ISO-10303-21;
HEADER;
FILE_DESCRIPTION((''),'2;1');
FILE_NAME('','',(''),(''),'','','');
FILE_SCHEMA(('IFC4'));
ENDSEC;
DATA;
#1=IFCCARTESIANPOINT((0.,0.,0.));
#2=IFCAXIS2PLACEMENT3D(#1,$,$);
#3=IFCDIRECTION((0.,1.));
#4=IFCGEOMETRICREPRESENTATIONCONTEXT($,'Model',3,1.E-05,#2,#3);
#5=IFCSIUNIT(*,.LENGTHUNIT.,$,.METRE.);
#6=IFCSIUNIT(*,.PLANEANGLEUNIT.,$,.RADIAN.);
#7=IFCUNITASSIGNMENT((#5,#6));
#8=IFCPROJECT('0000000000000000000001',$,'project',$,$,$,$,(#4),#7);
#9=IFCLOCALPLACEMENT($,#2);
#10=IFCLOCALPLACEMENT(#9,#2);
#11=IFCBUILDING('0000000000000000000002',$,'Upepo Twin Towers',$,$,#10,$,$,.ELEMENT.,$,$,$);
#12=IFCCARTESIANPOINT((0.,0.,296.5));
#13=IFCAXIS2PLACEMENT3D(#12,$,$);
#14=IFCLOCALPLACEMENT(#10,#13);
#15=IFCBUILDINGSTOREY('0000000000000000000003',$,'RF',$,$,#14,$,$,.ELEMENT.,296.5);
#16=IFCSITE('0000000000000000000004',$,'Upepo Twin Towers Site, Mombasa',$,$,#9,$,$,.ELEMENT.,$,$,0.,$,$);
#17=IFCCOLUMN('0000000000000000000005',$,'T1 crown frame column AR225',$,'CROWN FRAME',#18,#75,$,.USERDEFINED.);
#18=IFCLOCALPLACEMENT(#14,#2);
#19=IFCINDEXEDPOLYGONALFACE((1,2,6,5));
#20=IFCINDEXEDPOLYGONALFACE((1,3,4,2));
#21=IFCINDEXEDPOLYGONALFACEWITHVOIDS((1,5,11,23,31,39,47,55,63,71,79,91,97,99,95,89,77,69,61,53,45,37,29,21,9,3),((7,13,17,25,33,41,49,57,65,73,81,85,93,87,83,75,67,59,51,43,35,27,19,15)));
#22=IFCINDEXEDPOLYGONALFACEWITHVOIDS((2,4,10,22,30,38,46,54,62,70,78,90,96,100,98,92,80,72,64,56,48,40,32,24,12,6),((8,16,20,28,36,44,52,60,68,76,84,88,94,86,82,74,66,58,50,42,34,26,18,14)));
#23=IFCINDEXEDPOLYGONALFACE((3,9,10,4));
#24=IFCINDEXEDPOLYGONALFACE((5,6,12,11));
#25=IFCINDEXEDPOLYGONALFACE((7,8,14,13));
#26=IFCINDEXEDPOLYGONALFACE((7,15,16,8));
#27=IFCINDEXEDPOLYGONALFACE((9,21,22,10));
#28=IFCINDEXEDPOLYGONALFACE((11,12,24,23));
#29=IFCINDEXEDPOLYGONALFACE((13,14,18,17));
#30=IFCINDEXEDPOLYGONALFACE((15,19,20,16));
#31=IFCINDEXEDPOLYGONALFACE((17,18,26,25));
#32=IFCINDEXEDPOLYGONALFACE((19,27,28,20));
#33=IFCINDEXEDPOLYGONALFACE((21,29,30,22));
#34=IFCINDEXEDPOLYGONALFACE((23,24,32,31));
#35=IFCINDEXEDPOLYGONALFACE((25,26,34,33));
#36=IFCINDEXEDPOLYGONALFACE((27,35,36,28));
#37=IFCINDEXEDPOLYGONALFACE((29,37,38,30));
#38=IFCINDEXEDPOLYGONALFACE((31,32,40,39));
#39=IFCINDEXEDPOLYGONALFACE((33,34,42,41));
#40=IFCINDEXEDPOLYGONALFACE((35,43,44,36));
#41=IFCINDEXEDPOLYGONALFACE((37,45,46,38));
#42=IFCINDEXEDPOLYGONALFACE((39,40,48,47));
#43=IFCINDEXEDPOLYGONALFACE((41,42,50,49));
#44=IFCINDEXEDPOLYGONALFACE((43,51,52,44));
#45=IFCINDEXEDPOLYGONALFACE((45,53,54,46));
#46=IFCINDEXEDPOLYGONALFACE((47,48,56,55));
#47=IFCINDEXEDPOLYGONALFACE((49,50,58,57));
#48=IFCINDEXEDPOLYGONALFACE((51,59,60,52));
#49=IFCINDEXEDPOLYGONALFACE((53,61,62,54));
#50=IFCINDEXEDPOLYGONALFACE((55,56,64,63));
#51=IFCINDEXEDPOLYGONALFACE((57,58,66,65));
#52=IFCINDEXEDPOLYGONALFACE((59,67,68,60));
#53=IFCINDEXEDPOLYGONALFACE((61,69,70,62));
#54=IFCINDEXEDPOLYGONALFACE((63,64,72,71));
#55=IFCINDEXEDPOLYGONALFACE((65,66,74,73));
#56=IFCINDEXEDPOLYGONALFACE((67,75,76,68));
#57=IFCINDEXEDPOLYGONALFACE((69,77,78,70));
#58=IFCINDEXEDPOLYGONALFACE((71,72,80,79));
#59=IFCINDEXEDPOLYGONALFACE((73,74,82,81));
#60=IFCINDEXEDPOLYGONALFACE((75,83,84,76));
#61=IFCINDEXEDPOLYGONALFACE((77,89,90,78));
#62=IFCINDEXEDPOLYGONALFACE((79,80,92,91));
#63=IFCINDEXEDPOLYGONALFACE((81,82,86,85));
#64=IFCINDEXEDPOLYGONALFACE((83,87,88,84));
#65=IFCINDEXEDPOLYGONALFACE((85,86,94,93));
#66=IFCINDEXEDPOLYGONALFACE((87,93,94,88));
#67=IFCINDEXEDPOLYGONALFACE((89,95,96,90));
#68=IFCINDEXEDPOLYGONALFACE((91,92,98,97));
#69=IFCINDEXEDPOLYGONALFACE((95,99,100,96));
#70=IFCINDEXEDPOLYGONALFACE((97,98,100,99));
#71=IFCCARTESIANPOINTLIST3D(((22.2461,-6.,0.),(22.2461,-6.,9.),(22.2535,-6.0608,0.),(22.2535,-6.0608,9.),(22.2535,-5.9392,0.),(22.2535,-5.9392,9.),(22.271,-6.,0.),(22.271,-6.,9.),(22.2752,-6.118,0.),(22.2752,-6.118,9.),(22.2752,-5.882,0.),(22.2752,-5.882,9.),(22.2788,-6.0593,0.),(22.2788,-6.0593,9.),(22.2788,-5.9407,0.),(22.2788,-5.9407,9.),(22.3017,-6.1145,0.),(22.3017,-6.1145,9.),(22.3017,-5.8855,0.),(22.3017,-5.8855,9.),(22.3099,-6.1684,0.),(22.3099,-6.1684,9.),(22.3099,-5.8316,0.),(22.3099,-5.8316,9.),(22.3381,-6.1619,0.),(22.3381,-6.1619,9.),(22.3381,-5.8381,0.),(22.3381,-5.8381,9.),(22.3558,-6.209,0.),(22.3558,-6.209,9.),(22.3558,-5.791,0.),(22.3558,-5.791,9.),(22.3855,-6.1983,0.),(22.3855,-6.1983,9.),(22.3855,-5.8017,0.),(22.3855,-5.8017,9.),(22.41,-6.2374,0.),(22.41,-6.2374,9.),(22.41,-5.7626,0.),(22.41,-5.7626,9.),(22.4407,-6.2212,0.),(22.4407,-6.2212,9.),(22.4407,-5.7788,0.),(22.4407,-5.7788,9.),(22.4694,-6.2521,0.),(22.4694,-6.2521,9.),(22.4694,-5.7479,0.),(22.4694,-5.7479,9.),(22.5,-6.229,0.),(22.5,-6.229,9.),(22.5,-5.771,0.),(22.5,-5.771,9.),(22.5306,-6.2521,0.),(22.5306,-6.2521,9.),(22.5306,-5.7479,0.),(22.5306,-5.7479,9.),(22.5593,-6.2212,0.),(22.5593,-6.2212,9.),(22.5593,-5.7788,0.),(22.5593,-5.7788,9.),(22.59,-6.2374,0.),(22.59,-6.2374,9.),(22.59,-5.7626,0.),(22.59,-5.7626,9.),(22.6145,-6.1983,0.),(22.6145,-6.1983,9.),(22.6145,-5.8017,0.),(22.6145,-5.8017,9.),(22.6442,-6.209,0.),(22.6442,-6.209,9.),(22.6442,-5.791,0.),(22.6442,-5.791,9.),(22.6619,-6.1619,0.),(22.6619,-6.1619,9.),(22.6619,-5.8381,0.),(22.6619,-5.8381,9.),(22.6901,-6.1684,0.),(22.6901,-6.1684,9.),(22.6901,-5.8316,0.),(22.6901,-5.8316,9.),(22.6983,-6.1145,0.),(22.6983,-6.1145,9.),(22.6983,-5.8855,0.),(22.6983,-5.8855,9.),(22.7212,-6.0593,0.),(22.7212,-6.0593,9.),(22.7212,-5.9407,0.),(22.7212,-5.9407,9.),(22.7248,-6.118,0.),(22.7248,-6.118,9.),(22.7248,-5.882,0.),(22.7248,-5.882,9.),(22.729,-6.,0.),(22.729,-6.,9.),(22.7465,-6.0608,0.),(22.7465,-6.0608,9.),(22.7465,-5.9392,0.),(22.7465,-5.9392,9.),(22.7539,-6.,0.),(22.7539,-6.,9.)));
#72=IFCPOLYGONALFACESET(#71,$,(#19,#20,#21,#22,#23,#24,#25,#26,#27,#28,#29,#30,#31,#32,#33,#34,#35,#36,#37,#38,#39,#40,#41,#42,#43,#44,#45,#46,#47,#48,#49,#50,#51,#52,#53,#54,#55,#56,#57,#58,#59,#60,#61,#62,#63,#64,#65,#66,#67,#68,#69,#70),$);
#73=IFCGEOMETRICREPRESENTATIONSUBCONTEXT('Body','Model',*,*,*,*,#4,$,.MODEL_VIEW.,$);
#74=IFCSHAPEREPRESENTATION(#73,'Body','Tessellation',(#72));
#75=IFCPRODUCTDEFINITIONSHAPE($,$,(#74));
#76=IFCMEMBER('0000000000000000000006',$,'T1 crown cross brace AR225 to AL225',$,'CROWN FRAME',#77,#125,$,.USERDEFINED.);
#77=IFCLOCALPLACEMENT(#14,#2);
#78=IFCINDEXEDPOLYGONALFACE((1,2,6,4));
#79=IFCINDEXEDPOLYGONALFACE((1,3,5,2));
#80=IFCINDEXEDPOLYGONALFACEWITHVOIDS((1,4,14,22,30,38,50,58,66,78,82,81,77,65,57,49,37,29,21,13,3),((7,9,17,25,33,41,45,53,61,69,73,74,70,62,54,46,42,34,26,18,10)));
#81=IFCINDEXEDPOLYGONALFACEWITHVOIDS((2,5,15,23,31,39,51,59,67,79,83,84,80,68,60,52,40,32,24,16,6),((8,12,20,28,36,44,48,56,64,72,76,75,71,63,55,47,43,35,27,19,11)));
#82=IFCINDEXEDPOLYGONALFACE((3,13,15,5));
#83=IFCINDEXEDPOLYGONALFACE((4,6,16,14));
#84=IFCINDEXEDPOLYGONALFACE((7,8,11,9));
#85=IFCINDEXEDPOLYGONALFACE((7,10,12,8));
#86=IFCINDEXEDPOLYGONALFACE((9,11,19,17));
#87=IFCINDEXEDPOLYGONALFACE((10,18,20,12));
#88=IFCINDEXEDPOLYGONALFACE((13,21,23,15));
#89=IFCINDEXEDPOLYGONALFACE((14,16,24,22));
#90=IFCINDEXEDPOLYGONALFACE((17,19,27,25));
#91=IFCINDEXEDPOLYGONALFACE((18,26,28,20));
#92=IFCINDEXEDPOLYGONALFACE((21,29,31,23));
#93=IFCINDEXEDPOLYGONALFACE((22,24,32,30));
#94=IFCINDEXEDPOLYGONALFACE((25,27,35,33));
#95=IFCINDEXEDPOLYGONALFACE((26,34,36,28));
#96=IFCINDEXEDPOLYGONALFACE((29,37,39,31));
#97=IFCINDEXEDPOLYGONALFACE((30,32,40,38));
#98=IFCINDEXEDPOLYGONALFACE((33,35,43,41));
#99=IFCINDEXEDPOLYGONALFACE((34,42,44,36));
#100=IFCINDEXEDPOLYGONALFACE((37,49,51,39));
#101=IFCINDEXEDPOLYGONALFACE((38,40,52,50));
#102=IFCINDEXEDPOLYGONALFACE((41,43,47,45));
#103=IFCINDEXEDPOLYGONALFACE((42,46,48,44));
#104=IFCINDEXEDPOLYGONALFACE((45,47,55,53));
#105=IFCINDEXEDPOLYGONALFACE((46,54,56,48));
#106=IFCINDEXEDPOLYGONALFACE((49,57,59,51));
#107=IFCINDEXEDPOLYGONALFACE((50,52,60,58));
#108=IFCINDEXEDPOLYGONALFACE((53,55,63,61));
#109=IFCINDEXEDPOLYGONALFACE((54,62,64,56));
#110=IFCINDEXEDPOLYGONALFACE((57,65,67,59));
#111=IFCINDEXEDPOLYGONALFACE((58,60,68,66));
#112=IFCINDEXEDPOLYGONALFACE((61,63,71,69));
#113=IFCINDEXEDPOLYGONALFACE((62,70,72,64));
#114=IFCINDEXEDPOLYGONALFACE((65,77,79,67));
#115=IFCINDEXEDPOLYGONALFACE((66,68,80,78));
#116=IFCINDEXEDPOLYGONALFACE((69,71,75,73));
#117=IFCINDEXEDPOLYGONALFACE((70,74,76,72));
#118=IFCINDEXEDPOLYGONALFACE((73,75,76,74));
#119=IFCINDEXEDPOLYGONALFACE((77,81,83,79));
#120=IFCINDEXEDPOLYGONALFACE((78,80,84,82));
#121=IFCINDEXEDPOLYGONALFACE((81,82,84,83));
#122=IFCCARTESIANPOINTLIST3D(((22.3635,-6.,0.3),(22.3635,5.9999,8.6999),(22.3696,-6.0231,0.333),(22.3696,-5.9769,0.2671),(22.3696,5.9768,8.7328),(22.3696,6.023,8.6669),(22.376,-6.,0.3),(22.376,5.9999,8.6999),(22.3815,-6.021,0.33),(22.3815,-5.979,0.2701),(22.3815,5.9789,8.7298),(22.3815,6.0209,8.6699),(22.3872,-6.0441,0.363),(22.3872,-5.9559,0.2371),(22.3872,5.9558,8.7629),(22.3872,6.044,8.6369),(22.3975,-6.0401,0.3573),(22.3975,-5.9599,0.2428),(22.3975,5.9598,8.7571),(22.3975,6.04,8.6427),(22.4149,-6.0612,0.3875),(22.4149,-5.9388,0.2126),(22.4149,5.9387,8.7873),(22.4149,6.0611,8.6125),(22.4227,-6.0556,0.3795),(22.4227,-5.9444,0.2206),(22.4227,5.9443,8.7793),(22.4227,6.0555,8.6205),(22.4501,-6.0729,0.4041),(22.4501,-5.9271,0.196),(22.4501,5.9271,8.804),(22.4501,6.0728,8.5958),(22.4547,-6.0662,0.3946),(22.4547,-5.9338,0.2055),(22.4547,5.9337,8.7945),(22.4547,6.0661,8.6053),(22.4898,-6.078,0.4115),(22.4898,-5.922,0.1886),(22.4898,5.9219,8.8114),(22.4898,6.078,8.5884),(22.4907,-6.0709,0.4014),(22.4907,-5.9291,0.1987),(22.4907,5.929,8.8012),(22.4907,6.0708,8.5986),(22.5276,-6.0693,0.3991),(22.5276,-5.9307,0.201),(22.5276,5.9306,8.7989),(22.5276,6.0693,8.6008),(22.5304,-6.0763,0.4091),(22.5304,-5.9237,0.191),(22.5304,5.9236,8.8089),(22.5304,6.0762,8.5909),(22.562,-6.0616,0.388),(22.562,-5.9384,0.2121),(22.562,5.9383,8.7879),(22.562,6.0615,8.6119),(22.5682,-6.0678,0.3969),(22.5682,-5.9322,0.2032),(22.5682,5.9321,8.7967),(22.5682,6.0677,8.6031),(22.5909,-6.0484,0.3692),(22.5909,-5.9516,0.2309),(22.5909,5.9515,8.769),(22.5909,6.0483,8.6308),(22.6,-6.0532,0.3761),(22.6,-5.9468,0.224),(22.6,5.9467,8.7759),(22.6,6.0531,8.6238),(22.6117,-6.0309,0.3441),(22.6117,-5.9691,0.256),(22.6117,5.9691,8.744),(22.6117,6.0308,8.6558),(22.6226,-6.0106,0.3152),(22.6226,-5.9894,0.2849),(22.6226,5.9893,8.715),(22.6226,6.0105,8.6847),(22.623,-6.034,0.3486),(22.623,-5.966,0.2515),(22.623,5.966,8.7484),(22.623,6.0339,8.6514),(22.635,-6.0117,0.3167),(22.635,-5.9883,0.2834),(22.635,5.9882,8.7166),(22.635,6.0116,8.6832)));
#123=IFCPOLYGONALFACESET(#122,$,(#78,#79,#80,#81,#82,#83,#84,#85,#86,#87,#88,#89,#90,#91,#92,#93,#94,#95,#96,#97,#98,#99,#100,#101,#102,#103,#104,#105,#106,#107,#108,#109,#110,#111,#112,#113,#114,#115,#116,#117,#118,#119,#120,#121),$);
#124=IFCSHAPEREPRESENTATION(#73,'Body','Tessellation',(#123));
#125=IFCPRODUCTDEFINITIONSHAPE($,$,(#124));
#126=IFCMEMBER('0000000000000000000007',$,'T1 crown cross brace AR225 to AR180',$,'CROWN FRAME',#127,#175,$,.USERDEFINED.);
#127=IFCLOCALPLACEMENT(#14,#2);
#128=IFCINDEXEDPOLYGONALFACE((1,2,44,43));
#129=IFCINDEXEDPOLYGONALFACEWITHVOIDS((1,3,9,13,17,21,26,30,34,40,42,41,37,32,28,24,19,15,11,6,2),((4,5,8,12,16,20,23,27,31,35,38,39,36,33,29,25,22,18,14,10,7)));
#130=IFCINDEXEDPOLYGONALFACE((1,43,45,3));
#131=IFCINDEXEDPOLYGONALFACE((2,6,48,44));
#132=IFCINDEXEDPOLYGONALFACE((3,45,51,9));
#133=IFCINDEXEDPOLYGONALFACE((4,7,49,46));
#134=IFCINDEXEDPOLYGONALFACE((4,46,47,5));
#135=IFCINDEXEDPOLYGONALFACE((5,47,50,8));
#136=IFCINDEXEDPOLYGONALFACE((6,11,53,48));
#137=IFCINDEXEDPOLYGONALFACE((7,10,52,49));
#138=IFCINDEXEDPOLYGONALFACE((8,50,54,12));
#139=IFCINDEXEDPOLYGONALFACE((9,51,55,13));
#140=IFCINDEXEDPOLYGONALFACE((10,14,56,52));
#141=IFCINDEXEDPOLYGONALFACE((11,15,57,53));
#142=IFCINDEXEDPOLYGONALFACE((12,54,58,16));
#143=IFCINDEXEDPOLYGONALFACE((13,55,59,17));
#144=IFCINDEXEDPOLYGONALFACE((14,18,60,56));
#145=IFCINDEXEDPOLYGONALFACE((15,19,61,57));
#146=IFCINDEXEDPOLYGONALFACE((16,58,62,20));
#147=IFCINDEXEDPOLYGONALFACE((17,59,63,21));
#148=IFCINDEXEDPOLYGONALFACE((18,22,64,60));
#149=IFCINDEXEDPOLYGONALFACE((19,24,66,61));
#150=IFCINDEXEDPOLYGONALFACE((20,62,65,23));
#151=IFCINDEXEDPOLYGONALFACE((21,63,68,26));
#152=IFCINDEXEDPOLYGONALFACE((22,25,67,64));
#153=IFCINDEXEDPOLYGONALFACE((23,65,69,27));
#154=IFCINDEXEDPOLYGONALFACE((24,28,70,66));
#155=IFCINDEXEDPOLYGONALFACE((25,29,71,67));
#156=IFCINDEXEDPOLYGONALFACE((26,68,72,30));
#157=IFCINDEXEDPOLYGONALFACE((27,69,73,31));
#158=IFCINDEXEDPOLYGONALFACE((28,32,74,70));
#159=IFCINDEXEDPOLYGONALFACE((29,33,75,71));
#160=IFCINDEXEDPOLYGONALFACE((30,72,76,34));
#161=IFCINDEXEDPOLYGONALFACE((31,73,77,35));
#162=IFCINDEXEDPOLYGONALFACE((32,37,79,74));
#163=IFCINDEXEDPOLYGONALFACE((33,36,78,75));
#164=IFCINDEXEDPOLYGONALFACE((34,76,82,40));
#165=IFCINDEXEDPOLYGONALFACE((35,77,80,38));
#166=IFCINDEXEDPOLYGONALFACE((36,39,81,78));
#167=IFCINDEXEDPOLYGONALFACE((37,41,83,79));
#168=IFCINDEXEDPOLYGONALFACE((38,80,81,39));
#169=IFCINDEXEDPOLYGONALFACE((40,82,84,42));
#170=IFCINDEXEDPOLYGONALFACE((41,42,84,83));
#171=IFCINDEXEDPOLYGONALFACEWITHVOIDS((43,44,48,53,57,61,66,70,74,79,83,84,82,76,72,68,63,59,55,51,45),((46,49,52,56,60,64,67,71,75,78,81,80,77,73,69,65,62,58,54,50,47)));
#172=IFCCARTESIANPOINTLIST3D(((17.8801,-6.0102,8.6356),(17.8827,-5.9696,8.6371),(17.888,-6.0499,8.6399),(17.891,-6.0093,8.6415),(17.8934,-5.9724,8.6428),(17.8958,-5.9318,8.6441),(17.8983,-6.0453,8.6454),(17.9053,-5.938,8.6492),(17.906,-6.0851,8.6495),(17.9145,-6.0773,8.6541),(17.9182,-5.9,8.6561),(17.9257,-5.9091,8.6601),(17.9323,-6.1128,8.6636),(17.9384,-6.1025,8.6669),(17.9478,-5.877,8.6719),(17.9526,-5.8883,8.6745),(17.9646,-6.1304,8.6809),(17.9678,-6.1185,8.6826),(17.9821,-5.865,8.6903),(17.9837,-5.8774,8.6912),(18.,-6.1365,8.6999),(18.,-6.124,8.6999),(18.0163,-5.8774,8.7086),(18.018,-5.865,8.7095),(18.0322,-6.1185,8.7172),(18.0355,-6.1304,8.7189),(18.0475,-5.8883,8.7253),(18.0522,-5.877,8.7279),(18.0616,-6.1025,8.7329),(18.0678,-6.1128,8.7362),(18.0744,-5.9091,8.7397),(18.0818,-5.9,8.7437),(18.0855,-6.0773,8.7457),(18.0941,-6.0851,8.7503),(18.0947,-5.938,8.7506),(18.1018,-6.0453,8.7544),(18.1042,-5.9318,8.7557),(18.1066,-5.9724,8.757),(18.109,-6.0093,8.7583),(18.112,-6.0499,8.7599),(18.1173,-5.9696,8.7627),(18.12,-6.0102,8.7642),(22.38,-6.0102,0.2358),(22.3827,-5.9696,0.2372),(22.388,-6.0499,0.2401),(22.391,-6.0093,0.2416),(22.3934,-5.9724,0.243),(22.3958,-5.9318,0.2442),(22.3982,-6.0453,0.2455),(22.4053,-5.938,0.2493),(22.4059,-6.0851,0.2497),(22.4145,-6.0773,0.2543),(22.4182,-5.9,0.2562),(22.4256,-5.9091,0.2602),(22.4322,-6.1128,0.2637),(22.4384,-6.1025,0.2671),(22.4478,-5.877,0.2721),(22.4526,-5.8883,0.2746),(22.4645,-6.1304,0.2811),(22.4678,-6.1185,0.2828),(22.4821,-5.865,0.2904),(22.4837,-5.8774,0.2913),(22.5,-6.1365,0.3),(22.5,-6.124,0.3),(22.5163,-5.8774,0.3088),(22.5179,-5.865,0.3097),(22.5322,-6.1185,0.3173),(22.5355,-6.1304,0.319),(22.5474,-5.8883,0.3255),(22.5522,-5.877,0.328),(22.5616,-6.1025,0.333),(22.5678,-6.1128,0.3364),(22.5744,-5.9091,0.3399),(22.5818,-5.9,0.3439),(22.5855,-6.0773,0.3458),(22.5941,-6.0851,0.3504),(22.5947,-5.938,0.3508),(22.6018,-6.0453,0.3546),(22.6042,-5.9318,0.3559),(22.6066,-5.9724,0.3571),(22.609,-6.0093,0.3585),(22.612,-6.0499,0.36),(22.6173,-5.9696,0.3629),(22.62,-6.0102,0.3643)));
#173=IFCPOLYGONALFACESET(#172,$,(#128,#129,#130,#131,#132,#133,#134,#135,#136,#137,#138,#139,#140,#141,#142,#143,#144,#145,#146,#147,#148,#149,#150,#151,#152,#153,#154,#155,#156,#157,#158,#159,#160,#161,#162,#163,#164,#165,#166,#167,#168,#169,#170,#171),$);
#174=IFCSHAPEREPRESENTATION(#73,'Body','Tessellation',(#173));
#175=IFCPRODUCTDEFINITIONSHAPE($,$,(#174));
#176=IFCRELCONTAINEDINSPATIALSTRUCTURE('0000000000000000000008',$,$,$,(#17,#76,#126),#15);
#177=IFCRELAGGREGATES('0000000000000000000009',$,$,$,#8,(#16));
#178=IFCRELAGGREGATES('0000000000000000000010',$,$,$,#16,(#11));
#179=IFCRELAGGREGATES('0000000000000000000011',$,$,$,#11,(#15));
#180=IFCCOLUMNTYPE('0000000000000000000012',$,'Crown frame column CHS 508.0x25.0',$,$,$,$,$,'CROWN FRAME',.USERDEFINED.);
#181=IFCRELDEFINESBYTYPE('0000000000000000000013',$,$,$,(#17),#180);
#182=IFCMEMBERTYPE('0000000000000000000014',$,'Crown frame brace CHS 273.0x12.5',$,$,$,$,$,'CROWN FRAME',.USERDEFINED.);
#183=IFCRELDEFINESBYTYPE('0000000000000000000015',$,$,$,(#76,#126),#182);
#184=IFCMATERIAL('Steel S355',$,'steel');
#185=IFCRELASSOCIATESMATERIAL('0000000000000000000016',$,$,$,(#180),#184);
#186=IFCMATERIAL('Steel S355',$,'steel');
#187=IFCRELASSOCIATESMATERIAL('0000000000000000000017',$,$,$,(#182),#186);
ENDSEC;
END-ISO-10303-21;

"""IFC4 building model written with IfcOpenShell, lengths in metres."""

from ifc_helpers import new_model, si_unit, direction, frame, origin, origin_2d, place, context, subcontext, project, spatial, hollow_circle, extrude, material, material_profile, profile_set, type_object, element, save


model = new_model("IFC4")

# Units and contexts
model_context = context("Model", 3, precision=1e-05, world=origin(), true_north=direction((0.0, 1.0)))
body_context = subcontext(model_context, "Body", "Model", "MODEL_VIEW")
ifc_project = project(units=[si_unit("LENGTHUNIT", "METRE"), si_unit("PLANEANGLEUNIT", "RADIAN")], contexts=[model_context])

# Site, building, storey
site_placement = place(None, origin())
site = spatial("IfcSite", under=ifc_project, at=site_placement, Name="Upepo Twin Towers Site, Mombasa", CompositionType="ELEMENT", RefElevation=0.0)
building_placement = place(site_placement, origin())
building = spatial("IfcBuilding", under=site, at=building_placement, Name="Upepo Twin Towers", CompositionType="ELEMENT")
storey_placement = place(building_placement, frame((0.0, 0.0, 296.5)))
storey = spatial("IfcBuildingStorey", under=building, at=storey_placement, Name="RF", CompositionType="ELEMENT", Elevation=296.5)

# Column
ifc_material_1 = material(Name="Steel S355", Category="steel")
ifc_material_profile_1 = material_profile(ifc_material_1, hollow_circle(Radius=0.2539, WallThickness=0.0249, at=origin_2d()), Name="CHS 508.0x25.0")
ifc_profile_set_1 = profile_set([ifc_material_profile_1], Name="Steel S355")
column_type = type_object("IfcColumnType", Name="Crown frame column CHS 508.0x25.0", ElementType="CROWN FRAME", PredefinedType="USERDEFINED", material=ifc_profile_set_1)
column_placement = place(storey_placement, frame((22.5, -6.0, 0.0), z_axis=(0.0, 0.0, 1.0), x_axis=(1.0, 0.0, 0.0)))
element("IfcColumn", 1, at=column_placement, inside=storey, type_object=column_type, Name="T1 crown frame column AR225", ObjectType="CROWN FRAME", PredefinedType="USERDEFINED", context=body_context, shape_type="SweptSolid", body=[
    extrude(hollow_circle(Radius=0.2539, WallThickness=0.0249, at=origin_2d()), origin(), (0.0, 0.0, 1.0), 9.0),
])

# Members
ifc_material_2 = material(Name="Steel S355", Category="steel")
ifc_material_profile_2 = material_profile(ifc_material_2, hollow_circle(Radius=0.1365, WallThickness=0.0125, at=origin_2d()), Name="CHS 273.0x12.5")
ifc_profile_set_2 = profile_set([ifc_material_profile_2], Name="Steel S355")
member_type = type_object("IfcMemberType", Name="Crown frame brace CHS 273.0x12.5", ElementType="CROWN FRAME", PredefinedType="USERDEFINED", material=ifc_profile_set_2)
member_1_placement = place(storey_placement, frame((22.5, -6.0, 0.3), z_axis=(0.0, 0.819235, 0.573458), x_axis=(-1.0, 0.0, 0.0)))
element("IfcMember", 2, at=member_1_placement, inside=storey, type_object=member_type, Name="T1 crown cross brace AR225 to AL225", ObjectType="CROWN FRAME", PredefinedType="USERDEFINED", context=body_context, shape_type="SweptSolid", body=[
    extrude(hollow_circle(Radius=0.1365, WallThickness=0.0125, at=origin_2d()), origin(), (0.0, 0.0, 1.0), 14.6477),
])
member_2_placement = place(storey_placement, frame((22.5, -6.0, 0.3), z_axis=(-0.472226, 0.0, 0.881478), x_axis=(0.0, -1.0, 0.0)))
element("IfcMember", 3, at=member_2_placement, inside=storey, type_object=member_type, Name="T1 crown cross brace AR225 to AR180", ObjectType="CROWN FRAME", PredefinedType="USERDEFINED", context=body_context, shape_type="SweptSolid", body=[
    extrude(hollow_circle(Radius=0.1365, WallThickness=0.0125, at=origin_2d()), origin(), (0.0, 0.0, 1.0), 9.5293),
])

save(model, "model.ifc")
